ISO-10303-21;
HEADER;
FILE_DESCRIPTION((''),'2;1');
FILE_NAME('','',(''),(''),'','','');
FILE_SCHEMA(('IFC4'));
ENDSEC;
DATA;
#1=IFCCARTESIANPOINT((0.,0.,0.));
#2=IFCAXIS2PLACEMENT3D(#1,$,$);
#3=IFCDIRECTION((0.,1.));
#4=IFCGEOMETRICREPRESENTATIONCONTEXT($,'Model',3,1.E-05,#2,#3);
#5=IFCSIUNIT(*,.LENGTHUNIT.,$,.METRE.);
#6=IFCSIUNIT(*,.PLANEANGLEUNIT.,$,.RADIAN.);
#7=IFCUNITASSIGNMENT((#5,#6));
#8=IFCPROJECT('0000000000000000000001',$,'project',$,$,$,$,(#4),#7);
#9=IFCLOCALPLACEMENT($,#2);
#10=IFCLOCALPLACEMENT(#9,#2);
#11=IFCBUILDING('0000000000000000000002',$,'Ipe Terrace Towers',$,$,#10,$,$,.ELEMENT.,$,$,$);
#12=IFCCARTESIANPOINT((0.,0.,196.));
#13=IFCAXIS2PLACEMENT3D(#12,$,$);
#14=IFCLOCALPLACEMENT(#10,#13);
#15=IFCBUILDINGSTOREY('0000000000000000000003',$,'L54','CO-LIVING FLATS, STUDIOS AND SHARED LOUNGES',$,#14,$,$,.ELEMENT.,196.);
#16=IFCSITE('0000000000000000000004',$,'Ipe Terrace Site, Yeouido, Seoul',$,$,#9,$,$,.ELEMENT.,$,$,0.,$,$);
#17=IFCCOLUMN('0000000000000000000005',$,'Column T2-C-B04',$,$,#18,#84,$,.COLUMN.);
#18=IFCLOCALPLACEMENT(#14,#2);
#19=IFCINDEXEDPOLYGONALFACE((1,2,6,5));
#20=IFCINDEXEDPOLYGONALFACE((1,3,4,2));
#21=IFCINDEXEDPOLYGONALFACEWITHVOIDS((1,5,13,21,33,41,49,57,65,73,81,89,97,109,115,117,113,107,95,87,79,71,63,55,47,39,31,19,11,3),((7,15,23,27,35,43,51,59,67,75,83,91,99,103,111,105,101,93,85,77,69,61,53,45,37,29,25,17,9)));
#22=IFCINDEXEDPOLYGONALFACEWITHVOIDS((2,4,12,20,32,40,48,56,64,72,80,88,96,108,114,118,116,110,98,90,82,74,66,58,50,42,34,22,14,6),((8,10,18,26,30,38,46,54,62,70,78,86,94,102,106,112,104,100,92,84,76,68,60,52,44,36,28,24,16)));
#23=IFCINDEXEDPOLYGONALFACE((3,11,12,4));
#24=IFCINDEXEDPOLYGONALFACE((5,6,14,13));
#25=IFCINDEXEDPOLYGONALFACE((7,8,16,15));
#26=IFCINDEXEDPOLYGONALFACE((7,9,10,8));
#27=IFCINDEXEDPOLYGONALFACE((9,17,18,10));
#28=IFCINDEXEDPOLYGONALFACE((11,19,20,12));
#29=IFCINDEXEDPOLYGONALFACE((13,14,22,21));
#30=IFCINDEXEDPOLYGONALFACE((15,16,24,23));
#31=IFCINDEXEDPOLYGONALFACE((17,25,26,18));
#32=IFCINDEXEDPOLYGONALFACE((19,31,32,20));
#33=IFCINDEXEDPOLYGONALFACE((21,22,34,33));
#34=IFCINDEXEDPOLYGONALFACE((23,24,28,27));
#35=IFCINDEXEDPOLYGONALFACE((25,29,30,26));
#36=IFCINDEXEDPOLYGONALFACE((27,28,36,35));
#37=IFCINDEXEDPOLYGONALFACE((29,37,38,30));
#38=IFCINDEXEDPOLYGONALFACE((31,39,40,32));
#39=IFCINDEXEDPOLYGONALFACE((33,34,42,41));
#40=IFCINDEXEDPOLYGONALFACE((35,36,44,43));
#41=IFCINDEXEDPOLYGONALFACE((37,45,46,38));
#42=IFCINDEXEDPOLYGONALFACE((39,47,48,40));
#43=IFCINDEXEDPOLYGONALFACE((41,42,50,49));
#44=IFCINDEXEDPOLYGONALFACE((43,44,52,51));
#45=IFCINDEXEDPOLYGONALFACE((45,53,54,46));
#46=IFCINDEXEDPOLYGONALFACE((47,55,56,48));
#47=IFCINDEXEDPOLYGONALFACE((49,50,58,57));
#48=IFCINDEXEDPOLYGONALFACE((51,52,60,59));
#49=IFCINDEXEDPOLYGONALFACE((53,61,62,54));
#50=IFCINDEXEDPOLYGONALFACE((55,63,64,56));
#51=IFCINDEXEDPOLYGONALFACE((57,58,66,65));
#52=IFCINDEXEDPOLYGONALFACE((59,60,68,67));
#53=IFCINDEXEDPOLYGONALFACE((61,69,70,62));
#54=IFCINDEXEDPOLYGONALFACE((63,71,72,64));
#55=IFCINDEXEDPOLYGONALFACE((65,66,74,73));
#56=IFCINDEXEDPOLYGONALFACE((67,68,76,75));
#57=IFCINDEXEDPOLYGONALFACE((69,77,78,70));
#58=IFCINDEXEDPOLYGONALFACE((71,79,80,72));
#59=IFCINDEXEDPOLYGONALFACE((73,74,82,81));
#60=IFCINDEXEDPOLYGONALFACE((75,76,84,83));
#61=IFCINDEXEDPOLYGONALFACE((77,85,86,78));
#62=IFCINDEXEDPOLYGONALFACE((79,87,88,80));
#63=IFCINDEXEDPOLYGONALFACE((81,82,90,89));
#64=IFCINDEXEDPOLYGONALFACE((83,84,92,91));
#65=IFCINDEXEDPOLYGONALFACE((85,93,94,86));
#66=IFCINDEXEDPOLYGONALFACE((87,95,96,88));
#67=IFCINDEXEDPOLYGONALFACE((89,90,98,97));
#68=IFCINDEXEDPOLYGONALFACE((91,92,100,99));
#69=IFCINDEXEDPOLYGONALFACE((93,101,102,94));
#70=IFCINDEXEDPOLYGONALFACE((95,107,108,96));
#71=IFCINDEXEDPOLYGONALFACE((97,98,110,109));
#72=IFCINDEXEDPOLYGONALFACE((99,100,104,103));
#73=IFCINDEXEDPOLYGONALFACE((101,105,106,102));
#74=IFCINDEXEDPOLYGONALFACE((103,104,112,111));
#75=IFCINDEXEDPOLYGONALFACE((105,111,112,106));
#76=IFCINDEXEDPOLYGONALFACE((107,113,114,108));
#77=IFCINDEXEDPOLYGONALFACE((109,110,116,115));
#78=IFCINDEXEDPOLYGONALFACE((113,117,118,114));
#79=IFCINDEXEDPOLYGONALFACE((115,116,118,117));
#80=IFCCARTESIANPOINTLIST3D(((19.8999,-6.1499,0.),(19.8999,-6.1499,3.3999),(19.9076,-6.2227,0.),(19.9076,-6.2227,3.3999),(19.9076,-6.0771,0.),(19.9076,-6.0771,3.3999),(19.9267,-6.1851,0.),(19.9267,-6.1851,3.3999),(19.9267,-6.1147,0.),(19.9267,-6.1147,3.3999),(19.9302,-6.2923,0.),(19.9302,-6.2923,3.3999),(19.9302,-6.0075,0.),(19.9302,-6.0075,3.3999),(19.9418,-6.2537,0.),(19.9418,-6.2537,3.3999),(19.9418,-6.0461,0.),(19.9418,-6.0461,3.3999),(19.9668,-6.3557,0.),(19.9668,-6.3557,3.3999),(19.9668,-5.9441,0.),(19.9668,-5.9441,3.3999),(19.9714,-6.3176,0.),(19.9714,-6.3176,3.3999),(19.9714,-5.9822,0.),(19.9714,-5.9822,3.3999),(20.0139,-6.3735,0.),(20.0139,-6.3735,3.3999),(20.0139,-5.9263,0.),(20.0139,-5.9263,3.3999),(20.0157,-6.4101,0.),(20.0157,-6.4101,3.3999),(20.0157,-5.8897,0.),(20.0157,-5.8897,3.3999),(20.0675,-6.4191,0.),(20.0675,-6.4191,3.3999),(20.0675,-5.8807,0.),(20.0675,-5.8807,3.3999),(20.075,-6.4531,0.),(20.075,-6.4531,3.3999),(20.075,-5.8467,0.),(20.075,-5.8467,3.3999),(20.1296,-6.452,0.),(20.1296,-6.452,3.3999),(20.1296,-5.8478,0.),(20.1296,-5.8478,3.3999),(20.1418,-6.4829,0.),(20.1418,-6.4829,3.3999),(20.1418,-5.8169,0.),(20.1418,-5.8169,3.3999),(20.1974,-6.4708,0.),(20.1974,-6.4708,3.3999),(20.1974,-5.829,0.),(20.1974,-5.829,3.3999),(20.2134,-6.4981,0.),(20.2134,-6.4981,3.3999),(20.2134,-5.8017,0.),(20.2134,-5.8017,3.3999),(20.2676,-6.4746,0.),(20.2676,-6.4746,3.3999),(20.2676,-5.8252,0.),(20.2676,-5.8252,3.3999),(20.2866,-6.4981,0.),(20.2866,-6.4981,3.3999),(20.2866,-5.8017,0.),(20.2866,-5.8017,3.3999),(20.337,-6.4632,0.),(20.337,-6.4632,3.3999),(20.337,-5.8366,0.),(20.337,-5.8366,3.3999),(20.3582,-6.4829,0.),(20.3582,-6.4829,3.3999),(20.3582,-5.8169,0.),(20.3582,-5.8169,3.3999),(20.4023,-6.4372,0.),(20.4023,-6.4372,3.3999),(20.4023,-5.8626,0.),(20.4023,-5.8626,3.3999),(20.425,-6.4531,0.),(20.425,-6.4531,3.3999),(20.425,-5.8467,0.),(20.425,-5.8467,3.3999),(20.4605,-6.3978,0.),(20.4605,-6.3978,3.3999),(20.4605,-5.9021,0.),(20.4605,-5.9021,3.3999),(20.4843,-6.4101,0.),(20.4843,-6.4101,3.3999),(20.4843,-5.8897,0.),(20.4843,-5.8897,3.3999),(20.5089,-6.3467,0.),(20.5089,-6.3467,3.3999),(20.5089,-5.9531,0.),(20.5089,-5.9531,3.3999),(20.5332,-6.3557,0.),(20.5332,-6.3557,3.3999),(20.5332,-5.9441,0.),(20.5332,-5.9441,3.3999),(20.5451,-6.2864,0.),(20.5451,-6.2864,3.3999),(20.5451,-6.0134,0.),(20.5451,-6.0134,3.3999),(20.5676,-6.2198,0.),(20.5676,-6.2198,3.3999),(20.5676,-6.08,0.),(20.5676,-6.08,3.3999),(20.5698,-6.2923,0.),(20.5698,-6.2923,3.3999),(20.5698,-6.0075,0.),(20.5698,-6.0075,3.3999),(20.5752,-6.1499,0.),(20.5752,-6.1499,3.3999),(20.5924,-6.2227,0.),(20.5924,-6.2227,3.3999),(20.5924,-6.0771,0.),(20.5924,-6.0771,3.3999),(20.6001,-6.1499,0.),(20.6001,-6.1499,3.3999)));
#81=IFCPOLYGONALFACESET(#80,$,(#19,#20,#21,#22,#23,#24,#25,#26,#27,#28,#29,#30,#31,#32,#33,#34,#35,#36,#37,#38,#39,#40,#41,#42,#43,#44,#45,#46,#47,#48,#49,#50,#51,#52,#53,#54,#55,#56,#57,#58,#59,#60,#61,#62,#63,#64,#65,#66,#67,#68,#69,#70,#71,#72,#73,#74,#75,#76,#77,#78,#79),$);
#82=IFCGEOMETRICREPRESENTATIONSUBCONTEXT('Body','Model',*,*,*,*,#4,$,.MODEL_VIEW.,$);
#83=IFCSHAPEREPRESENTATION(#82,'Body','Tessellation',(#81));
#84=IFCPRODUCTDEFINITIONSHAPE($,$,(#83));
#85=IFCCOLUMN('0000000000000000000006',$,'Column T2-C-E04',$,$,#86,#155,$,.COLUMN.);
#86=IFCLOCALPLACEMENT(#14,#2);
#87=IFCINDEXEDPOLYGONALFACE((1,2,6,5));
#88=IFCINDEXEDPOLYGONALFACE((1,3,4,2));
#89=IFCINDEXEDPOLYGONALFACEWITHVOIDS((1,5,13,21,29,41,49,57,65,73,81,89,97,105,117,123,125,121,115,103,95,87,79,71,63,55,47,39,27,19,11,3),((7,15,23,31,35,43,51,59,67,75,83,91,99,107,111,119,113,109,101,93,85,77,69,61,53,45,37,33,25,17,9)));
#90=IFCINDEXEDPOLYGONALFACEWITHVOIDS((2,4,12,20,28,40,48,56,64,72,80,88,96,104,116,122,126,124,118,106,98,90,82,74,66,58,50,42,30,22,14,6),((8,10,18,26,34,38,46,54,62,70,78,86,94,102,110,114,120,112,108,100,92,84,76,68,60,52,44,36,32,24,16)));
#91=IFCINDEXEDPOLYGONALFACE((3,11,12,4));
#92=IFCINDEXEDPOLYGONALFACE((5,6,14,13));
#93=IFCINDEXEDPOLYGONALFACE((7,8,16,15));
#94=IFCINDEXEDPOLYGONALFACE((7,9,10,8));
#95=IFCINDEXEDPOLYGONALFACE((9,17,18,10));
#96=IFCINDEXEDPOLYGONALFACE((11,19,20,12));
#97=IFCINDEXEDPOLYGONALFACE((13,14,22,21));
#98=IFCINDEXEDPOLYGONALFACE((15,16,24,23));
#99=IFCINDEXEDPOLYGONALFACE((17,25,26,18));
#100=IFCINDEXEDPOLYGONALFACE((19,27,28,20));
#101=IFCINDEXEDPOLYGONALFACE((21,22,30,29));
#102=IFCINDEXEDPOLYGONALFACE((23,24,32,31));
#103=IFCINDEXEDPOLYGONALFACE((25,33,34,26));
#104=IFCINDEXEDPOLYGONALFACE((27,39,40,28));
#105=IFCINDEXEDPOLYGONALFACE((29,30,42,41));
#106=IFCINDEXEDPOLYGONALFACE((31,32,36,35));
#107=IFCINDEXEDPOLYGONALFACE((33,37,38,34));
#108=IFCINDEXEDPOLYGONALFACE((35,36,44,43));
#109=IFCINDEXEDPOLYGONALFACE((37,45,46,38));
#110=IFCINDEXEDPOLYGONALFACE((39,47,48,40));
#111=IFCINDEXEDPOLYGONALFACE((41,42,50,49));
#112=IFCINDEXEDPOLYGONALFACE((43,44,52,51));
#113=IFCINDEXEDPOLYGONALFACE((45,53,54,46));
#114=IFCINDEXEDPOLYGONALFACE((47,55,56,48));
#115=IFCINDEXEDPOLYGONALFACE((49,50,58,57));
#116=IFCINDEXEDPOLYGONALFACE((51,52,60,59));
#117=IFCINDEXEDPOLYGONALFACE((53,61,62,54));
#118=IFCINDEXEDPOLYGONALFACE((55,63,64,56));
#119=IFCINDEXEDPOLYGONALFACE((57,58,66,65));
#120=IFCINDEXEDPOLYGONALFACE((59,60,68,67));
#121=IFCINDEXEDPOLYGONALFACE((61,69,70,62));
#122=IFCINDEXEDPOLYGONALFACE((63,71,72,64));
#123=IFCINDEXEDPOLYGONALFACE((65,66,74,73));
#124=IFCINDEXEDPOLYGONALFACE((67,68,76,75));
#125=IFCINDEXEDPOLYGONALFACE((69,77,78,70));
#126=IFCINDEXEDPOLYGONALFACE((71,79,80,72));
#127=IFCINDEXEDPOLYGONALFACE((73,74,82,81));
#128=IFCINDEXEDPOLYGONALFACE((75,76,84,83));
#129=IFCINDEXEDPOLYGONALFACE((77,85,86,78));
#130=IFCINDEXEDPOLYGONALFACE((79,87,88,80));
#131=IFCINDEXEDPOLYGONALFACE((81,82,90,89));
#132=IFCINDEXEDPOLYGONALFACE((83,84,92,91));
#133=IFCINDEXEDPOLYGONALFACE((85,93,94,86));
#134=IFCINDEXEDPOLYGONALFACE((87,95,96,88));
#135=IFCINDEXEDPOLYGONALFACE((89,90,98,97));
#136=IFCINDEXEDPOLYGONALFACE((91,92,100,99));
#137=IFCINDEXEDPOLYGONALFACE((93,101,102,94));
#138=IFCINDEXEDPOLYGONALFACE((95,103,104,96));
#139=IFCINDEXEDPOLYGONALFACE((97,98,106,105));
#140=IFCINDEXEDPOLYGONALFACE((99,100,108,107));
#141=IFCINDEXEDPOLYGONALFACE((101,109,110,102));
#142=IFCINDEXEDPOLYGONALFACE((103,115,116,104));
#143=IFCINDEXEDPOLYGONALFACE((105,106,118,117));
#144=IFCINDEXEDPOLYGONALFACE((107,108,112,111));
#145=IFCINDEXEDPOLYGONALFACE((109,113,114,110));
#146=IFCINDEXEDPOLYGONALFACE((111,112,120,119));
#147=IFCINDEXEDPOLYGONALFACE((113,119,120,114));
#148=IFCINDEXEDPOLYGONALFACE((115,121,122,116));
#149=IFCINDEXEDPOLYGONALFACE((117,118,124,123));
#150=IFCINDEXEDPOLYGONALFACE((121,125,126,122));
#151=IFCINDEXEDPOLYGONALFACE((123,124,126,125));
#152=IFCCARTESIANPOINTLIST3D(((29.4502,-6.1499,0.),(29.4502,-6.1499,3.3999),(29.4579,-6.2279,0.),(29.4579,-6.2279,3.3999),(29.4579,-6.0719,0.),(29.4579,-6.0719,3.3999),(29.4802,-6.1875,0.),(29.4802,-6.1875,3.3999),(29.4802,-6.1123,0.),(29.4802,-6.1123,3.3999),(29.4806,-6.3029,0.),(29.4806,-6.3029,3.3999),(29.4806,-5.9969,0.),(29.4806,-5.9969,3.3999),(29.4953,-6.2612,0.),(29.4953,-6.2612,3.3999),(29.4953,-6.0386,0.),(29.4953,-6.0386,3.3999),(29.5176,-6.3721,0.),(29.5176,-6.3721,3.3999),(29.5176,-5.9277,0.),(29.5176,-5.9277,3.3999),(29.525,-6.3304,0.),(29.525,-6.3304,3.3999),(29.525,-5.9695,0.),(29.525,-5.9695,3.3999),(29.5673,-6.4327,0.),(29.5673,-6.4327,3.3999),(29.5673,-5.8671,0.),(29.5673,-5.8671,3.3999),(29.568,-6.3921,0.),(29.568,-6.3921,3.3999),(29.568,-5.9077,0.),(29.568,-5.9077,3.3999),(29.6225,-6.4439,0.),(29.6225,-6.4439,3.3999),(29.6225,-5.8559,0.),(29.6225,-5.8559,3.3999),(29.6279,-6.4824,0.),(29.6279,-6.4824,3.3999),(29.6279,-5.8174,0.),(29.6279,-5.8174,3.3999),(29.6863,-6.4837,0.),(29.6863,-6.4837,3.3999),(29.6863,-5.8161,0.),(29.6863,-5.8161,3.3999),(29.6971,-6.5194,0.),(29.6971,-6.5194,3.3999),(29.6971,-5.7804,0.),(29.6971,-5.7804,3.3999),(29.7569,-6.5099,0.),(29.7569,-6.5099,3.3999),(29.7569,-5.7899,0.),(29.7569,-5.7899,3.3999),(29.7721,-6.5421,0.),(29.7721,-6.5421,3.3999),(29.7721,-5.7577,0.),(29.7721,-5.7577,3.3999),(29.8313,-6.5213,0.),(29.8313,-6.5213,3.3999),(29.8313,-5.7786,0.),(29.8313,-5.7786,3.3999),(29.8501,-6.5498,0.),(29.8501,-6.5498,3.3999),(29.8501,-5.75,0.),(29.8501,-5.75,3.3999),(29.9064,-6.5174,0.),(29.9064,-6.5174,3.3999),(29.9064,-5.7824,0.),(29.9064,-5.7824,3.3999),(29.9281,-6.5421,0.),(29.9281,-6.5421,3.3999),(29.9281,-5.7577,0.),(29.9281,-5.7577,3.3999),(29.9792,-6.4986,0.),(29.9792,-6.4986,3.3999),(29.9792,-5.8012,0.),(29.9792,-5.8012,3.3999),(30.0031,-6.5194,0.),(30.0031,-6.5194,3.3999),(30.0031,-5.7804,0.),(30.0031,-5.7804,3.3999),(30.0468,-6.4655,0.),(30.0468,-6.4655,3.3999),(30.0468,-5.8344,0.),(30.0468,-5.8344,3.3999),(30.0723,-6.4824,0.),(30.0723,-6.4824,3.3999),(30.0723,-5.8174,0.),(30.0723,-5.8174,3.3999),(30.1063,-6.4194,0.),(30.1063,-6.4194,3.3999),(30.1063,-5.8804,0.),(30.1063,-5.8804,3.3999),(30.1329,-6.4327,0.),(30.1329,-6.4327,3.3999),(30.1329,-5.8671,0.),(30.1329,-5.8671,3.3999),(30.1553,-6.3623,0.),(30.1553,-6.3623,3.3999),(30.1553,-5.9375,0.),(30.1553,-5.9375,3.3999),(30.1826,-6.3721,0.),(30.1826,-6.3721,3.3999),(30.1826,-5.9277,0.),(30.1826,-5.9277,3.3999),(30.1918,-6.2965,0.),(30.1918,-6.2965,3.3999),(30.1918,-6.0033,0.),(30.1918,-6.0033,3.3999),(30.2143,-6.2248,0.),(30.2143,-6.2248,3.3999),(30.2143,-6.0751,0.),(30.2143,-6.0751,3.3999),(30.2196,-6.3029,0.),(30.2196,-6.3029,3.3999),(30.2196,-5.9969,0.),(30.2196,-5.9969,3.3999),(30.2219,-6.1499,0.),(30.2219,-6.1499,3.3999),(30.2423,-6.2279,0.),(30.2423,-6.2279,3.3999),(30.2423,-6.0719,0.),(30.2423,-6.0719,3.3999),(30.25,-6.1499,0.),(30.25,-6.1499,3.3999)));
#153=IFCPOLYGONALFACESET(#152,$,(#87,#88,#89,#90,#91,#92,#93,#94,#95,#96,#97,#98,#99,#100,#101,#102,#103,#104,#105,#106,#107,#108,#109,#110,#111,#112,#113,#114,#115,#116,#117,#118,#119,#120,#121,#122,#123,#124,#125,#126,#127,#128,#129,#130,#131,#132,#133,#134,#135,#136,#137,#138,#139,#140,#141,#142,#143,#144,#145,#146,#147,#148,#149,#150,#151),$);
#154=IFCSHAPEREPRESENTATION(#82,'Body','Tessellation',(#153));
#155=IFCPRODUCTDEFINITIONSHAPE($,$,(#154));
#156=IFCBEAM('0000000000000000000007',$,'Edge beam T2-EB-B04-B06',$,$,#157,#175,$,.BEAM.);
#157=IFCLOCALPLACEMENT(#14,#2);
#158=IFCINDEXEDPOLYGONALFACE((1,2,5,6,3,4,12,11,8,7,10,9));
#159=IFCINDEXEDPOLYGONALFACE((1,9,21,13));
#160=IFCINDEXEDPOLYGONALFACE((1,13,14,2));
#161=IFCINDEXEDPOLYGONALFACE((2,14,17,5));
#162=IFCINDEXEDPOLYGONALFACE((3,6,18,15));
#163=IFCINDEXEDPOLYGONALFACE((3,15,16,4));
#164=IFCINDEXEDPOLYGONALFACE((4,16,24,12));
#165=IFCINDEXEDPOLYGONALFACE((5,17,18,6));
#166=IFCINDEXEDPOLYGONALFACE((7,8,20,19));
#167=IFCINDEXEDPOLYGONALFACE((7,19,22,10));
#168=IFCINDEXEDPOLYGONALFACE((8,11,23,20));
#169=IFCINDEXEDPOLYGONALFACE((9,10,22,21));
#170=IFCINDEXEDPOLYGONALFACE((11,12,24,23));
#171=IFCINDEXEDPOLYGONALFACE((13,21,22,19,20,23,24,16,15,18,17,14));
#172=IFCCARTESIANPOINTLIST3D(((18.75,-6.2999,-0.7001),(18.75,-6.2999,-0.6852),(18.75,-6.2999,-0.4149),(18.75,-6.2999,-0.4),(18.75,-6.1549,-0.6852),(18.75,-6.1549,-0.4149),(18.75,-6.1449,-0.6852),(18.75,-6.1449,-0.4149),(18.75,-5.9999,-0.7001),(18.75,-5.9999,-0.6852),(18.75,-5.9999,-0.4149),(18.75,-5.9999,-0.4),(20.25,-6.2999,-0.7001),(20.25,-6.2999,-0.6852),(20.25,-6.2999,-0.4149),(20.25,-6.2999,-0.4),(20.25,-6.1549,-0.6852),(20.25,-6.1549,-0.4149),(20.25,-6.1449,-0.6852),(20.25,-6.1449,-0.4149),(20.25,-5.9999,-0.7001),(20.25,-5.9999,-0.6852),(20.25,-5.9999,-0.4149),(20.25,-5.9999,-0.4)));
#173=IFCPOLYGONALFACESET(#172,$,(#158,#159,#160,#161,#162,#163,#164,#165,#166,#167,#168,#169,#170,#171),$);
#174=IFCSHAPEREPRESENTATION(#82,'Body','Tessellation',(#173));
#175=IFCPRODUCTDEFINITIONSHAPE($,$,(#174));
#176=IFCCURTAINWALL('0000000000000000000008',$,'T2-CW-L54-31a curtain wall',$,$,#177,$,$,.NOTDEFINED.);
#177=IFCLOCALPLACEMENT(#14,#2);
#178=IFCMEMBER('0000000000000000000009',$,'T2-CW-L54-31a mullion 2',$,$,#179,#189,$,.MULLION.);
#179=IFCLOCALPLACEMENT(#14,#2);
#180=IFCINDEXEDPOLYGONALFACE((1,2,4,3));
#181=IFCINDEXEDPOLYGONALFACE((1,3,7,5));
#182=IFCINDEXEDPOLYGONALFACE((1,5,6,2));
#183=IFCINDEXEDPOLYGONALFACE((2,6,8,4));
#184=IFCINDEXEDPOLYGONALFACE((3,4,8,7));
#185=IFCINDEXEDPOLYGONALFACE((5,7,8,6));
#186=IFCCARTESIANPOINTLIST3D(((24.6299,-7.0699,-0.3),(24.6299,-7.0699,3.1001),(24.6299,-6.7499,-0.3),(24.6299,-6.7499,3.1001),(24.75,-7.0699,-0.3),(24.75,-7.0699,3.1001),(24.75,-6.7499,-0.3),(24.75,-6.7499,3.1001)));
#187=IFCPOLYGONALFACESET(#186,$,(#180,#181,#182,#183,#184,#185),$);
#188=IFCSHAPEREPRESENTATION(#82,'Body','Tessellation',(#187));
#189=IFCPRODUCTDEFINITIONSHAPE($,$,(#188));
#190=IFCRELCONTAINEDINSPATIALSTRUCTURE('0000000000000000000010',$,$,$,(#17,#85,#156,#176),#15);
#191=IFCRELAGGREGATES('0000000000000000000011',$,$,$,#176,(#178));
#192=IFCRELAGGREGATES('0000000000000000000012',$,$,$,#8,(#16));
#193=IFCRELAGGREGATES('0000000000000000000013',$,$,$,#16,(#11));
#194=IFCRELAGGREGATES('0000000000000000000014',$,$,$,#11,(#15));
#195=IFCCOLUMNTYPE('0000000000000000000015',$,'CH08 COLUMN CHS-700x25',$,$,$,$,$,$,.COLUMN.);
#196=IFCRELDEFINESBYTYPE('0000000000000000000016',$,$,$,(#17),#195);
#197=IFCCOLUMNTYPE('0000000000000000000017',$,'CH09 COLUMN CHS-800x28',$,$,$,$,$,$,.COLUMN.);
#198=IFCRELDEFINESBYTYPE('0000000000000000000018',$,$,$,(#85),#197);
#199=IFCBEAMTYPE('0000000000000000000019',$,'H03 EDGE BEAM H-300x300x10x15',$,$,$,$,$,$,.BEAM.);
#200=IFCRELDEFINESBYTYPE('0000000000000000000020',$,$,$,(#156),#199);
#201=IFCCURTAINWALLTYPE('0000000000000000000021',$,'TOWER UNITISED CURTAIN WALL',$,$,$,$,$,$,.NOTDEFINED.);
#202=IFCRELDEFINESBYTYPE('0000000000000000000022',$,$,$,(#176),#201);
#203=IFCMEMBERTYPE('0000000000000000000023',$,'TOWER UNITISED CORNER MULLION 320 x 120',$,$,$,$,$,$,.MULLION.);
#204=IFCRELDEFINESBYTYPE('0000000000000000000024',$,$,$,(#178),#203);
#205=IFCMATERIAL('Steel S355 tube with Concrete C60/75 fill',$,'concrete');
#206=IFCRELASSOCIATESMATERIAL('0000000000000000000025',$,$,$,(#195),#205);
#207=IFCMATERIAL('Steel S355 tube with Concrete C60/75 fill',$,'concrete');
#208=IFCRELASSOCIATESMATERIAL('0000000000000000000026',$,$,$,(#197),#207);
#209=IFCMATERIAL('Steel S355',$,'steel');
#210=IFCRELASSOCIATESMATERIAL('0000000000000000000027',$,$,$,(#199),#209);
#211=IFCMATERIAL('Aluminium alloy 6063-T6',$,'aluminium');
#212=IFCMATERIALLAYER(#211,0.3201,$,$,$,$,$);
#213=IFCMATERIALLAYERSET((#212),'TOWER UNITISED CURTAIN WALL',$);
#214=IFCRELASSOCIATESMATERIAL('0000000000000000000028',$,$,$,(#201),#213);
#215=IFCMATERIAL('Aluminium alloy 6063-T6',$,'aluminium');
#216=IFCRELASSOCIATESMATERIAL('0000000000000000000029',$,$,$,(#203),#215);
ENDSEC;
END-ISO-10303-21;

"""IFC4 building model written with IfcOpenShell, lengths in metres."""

from ifc_helpers import new_model, si_unit, direction, frame, origin, origin_2d, place, context, subcontext, project, spatial, rectangle, hollow_circle, i_section, extrude, material, layer, layer_set, material_profile, profile_set, type_object, element, aggregate, save


model = new_model("IFC4")

# Units and contexts
model_context = context("Model", 3, precision=1e-05, world=origin(), true_north=direction((0.0, 1.0)))
body_context = subcontext(model_context, "Body", "Model", "MODEL_VIEW")
ifc_project = project(units=[si_unit("LENGTHUNIT", "METRE"), si_unit("PLANEANGLEUNIT", "RADIAN")], contexts=[model_context])

# Site, building, storey
site_placement = place(None, origin())
site = spatial("IfcSite", under=ifc_project, at=site_placement, Name="Ipe Terrace Site, Yeouido, Seoul", CompositionType="ELEMENT", RefElevation=0.0)
building_placement = place(site_placement, origin())
building = spatial("IfcBuilding", under=site, at=building_placement, Name="Ipe Terrace Towers", CompositionType="ELEMENT")
storey_placement = place(building_placement, frame((0.0, 0.0, 196.0)))
storey = spatial("IfcBuildingStorey", under=building, at=storey_placement, Name="L54", Description="CO-LIVING FLATS, STUDIOS AND SHARED LOUNGES", CompositionType="ELEMENT", Elevation=196.0)

# Columns
ifc_material_1 = material(Name="Steel S355 tube with Concrete C60/75 fill", Category="concrete")
ifc_material_profile_1 = material_profile(ifc_material_1, hollow_circle(Radius=0.3501, WallThickness=0.0249, at=origin_2d()), Name="CHS-700x25")
ifc_profile_set_1 = profile_set([ifc_material_profile_1], Name="Steel S355 tube with Concrete C60/75 fill")
column_type_1 = type_object("IfcColumnType", Name="CH08 COLUMN CHS-700x25", PredefinedType="COLUMN", material=ifc_profile_set_1)
column_1_placement = place(storey_placement, frame((20.25, -6.1499, 0.0), z_axis=(0.0, 0.0, 1.0), x_axis=(1.0, 0.0, 0.0)))
element("IfcColumn", 1, at=column_1_placement, inside=storey, type_object=column_type_1, Name="Column T2-C-B04", PredefinedType="COLUMN", context=body_context, shape_type="SweptSolid", body=[
    extrude(hollow_circle(Radius=0.3501, WallThickness=0.0249, at=origin_2d()), origin(), (0.0, 0.0, 1.0), 3.3999),
])
ifc_material_2 = material(Name="Steel S355 tube with Concrete C60/75 fill", Category="concrete")
ifc_material_profile_2 = material_profile(ifc_material_2, hollow_circle(Radius=0.3999, WallThickness=0.0281, at=origin_2d()), Name="CHS-800x28")
ifc_profile_set_2 = profile_set([ifc_material_profile_2], Name="Steel S355 tube with Concrete C60/75 fill")
column_type_2 = type_object("IfcColumnType", Name="CH09 COLUMN CHS-800x28", PredefinedType="COLUMN", material=ifc_profile_set_2)
column_2_placement = place(storey_placement, frame((29.8501, -6.1499, 0.0), z_axis=(0.0, 0.0, 1.0), x_axis=(1.0, 0.0, 0.0)))
element("IfcColumn", 2, at=column_2_placement, inside=storey, type_object=column_type_2, Name="Column T2-C-E04", PredefinedType="COLUMN", context=body_context, shape_type="SweptSolid", body=[
    extrude(hollow_circle(Radius=0.3999, WallThickness=0.0281, at=origin_2d()), origin(), (0.0, 0.0, 1.0), 3.3999),
])

# Beam
ifc_material_3 = material(Name="Steel S355", Category="steel")
ifc_material_profile_3 = material_profile(ifc_material_3, i_section(OverallWidth=0.3, OverallDepth=0.3, WebThickness=0.01, FlangeThickness=0.0149, at=origin_2d()), Name="H-300x300x10x15")
ifc_profile_set_3 = profile_set([ifc_material_profile_3], Name="Steel S355")
beam_type = type_object("IfcBeamType", Name="H03 EDGE BEAM H-300x300x10x15", PredefinedType="BEAM", material=ifc_profile_set_3)
beam_placement = place(storey_placement, frame((20.25, -6.1499, -0.55), z_axis=(-1.0, 0.0, 0.0), x_axis=(0.0, -1.0, 0.0)))
element("IfcBeam", 3, at=beam_placement, inside=storey, type_object=beam_type, Name="Edge beam T2-EB-B04-B06", PredefinedType="BEAM", context=body_context, shape_type="SweptSolid", body=[
    extrude(i_section(OverallWidth=0.3, OverallDepth=0.3, WebThickness=0.01, FlangeThickness=0.0149, at=origin_2d()), origin(), (0.0, 0.0, 1.0), 1.5),
])

# Curtain wall, member
ifc_material_4 = material(Name="Aluminium alloy 6063-T6", Category="aluminium")
ifc_layer_1 = layer(ifc_material_4, 0.3201)
ifc_layer_set_1 = layer_set([ifc_layer_1], Name="TOWER UNITISED CURTAIN WALL")
curtain_wall_type = type_object("IfcCurtainWallType", Name="TOWER UNITISED CURTAIN WALL", PredefinedType="NOTDEFINED", material=ifc_layer_set_1)
curtain_wall_1_placement = place(storey_placement, origin())
curtain_wall_1 = element("IfcCurtainWall", 4, at=curtain_wall_1_placement, inside=storey, type_object=curtain_wall_type, Name="T2-CW-L54-31a curtain wall", PredefinedType="NOTDEFINED")
ifc_material_5 = material(Name="Aluminium alloy 6063-T6", Category="aluminium")
ifc_material_profile_4 = material_profile(ifc_material_5, rectangle(XDim=0.3201, YDim=0.1201, at=origin_2d()), Name="TOWER UNITISED CORNER MULLION 320 x 120")
ifc_profile_set_4 = profile_set([ifc_material_profile_4], Name="Aluminium alloy 6063-T6")
member_type = type_object("IfcMemberType", Name="TOWER UNITISED CORNER MULLION 320 x 120", PredefinedType="MULLION", material=ifc_profile_set_4)
member_1_placement = place(storey_placement, frame((24.6899, -6.9099, -0.3), z_axis=(0.0, 0.0, 1.0), x_axis=(0.0, -1.0, 0.0)))
member_1 = element("IfcMember", 5, at=member_1_placement, type_object=member_type, Name="T2-CW-L54-31a mullion 2", PredefinedType="MULLION", context=body_context, shape_type="SweptSolid", body=[
    extrude(rectangle(XDim=0.3201, YDim=0.1201, at=origin_2d()), origin(), (0.0, 0.0, 1.0), 3.4001),
])

aggregate(curtain_wall_1, [member_1])

save(model, "model.ifc")
